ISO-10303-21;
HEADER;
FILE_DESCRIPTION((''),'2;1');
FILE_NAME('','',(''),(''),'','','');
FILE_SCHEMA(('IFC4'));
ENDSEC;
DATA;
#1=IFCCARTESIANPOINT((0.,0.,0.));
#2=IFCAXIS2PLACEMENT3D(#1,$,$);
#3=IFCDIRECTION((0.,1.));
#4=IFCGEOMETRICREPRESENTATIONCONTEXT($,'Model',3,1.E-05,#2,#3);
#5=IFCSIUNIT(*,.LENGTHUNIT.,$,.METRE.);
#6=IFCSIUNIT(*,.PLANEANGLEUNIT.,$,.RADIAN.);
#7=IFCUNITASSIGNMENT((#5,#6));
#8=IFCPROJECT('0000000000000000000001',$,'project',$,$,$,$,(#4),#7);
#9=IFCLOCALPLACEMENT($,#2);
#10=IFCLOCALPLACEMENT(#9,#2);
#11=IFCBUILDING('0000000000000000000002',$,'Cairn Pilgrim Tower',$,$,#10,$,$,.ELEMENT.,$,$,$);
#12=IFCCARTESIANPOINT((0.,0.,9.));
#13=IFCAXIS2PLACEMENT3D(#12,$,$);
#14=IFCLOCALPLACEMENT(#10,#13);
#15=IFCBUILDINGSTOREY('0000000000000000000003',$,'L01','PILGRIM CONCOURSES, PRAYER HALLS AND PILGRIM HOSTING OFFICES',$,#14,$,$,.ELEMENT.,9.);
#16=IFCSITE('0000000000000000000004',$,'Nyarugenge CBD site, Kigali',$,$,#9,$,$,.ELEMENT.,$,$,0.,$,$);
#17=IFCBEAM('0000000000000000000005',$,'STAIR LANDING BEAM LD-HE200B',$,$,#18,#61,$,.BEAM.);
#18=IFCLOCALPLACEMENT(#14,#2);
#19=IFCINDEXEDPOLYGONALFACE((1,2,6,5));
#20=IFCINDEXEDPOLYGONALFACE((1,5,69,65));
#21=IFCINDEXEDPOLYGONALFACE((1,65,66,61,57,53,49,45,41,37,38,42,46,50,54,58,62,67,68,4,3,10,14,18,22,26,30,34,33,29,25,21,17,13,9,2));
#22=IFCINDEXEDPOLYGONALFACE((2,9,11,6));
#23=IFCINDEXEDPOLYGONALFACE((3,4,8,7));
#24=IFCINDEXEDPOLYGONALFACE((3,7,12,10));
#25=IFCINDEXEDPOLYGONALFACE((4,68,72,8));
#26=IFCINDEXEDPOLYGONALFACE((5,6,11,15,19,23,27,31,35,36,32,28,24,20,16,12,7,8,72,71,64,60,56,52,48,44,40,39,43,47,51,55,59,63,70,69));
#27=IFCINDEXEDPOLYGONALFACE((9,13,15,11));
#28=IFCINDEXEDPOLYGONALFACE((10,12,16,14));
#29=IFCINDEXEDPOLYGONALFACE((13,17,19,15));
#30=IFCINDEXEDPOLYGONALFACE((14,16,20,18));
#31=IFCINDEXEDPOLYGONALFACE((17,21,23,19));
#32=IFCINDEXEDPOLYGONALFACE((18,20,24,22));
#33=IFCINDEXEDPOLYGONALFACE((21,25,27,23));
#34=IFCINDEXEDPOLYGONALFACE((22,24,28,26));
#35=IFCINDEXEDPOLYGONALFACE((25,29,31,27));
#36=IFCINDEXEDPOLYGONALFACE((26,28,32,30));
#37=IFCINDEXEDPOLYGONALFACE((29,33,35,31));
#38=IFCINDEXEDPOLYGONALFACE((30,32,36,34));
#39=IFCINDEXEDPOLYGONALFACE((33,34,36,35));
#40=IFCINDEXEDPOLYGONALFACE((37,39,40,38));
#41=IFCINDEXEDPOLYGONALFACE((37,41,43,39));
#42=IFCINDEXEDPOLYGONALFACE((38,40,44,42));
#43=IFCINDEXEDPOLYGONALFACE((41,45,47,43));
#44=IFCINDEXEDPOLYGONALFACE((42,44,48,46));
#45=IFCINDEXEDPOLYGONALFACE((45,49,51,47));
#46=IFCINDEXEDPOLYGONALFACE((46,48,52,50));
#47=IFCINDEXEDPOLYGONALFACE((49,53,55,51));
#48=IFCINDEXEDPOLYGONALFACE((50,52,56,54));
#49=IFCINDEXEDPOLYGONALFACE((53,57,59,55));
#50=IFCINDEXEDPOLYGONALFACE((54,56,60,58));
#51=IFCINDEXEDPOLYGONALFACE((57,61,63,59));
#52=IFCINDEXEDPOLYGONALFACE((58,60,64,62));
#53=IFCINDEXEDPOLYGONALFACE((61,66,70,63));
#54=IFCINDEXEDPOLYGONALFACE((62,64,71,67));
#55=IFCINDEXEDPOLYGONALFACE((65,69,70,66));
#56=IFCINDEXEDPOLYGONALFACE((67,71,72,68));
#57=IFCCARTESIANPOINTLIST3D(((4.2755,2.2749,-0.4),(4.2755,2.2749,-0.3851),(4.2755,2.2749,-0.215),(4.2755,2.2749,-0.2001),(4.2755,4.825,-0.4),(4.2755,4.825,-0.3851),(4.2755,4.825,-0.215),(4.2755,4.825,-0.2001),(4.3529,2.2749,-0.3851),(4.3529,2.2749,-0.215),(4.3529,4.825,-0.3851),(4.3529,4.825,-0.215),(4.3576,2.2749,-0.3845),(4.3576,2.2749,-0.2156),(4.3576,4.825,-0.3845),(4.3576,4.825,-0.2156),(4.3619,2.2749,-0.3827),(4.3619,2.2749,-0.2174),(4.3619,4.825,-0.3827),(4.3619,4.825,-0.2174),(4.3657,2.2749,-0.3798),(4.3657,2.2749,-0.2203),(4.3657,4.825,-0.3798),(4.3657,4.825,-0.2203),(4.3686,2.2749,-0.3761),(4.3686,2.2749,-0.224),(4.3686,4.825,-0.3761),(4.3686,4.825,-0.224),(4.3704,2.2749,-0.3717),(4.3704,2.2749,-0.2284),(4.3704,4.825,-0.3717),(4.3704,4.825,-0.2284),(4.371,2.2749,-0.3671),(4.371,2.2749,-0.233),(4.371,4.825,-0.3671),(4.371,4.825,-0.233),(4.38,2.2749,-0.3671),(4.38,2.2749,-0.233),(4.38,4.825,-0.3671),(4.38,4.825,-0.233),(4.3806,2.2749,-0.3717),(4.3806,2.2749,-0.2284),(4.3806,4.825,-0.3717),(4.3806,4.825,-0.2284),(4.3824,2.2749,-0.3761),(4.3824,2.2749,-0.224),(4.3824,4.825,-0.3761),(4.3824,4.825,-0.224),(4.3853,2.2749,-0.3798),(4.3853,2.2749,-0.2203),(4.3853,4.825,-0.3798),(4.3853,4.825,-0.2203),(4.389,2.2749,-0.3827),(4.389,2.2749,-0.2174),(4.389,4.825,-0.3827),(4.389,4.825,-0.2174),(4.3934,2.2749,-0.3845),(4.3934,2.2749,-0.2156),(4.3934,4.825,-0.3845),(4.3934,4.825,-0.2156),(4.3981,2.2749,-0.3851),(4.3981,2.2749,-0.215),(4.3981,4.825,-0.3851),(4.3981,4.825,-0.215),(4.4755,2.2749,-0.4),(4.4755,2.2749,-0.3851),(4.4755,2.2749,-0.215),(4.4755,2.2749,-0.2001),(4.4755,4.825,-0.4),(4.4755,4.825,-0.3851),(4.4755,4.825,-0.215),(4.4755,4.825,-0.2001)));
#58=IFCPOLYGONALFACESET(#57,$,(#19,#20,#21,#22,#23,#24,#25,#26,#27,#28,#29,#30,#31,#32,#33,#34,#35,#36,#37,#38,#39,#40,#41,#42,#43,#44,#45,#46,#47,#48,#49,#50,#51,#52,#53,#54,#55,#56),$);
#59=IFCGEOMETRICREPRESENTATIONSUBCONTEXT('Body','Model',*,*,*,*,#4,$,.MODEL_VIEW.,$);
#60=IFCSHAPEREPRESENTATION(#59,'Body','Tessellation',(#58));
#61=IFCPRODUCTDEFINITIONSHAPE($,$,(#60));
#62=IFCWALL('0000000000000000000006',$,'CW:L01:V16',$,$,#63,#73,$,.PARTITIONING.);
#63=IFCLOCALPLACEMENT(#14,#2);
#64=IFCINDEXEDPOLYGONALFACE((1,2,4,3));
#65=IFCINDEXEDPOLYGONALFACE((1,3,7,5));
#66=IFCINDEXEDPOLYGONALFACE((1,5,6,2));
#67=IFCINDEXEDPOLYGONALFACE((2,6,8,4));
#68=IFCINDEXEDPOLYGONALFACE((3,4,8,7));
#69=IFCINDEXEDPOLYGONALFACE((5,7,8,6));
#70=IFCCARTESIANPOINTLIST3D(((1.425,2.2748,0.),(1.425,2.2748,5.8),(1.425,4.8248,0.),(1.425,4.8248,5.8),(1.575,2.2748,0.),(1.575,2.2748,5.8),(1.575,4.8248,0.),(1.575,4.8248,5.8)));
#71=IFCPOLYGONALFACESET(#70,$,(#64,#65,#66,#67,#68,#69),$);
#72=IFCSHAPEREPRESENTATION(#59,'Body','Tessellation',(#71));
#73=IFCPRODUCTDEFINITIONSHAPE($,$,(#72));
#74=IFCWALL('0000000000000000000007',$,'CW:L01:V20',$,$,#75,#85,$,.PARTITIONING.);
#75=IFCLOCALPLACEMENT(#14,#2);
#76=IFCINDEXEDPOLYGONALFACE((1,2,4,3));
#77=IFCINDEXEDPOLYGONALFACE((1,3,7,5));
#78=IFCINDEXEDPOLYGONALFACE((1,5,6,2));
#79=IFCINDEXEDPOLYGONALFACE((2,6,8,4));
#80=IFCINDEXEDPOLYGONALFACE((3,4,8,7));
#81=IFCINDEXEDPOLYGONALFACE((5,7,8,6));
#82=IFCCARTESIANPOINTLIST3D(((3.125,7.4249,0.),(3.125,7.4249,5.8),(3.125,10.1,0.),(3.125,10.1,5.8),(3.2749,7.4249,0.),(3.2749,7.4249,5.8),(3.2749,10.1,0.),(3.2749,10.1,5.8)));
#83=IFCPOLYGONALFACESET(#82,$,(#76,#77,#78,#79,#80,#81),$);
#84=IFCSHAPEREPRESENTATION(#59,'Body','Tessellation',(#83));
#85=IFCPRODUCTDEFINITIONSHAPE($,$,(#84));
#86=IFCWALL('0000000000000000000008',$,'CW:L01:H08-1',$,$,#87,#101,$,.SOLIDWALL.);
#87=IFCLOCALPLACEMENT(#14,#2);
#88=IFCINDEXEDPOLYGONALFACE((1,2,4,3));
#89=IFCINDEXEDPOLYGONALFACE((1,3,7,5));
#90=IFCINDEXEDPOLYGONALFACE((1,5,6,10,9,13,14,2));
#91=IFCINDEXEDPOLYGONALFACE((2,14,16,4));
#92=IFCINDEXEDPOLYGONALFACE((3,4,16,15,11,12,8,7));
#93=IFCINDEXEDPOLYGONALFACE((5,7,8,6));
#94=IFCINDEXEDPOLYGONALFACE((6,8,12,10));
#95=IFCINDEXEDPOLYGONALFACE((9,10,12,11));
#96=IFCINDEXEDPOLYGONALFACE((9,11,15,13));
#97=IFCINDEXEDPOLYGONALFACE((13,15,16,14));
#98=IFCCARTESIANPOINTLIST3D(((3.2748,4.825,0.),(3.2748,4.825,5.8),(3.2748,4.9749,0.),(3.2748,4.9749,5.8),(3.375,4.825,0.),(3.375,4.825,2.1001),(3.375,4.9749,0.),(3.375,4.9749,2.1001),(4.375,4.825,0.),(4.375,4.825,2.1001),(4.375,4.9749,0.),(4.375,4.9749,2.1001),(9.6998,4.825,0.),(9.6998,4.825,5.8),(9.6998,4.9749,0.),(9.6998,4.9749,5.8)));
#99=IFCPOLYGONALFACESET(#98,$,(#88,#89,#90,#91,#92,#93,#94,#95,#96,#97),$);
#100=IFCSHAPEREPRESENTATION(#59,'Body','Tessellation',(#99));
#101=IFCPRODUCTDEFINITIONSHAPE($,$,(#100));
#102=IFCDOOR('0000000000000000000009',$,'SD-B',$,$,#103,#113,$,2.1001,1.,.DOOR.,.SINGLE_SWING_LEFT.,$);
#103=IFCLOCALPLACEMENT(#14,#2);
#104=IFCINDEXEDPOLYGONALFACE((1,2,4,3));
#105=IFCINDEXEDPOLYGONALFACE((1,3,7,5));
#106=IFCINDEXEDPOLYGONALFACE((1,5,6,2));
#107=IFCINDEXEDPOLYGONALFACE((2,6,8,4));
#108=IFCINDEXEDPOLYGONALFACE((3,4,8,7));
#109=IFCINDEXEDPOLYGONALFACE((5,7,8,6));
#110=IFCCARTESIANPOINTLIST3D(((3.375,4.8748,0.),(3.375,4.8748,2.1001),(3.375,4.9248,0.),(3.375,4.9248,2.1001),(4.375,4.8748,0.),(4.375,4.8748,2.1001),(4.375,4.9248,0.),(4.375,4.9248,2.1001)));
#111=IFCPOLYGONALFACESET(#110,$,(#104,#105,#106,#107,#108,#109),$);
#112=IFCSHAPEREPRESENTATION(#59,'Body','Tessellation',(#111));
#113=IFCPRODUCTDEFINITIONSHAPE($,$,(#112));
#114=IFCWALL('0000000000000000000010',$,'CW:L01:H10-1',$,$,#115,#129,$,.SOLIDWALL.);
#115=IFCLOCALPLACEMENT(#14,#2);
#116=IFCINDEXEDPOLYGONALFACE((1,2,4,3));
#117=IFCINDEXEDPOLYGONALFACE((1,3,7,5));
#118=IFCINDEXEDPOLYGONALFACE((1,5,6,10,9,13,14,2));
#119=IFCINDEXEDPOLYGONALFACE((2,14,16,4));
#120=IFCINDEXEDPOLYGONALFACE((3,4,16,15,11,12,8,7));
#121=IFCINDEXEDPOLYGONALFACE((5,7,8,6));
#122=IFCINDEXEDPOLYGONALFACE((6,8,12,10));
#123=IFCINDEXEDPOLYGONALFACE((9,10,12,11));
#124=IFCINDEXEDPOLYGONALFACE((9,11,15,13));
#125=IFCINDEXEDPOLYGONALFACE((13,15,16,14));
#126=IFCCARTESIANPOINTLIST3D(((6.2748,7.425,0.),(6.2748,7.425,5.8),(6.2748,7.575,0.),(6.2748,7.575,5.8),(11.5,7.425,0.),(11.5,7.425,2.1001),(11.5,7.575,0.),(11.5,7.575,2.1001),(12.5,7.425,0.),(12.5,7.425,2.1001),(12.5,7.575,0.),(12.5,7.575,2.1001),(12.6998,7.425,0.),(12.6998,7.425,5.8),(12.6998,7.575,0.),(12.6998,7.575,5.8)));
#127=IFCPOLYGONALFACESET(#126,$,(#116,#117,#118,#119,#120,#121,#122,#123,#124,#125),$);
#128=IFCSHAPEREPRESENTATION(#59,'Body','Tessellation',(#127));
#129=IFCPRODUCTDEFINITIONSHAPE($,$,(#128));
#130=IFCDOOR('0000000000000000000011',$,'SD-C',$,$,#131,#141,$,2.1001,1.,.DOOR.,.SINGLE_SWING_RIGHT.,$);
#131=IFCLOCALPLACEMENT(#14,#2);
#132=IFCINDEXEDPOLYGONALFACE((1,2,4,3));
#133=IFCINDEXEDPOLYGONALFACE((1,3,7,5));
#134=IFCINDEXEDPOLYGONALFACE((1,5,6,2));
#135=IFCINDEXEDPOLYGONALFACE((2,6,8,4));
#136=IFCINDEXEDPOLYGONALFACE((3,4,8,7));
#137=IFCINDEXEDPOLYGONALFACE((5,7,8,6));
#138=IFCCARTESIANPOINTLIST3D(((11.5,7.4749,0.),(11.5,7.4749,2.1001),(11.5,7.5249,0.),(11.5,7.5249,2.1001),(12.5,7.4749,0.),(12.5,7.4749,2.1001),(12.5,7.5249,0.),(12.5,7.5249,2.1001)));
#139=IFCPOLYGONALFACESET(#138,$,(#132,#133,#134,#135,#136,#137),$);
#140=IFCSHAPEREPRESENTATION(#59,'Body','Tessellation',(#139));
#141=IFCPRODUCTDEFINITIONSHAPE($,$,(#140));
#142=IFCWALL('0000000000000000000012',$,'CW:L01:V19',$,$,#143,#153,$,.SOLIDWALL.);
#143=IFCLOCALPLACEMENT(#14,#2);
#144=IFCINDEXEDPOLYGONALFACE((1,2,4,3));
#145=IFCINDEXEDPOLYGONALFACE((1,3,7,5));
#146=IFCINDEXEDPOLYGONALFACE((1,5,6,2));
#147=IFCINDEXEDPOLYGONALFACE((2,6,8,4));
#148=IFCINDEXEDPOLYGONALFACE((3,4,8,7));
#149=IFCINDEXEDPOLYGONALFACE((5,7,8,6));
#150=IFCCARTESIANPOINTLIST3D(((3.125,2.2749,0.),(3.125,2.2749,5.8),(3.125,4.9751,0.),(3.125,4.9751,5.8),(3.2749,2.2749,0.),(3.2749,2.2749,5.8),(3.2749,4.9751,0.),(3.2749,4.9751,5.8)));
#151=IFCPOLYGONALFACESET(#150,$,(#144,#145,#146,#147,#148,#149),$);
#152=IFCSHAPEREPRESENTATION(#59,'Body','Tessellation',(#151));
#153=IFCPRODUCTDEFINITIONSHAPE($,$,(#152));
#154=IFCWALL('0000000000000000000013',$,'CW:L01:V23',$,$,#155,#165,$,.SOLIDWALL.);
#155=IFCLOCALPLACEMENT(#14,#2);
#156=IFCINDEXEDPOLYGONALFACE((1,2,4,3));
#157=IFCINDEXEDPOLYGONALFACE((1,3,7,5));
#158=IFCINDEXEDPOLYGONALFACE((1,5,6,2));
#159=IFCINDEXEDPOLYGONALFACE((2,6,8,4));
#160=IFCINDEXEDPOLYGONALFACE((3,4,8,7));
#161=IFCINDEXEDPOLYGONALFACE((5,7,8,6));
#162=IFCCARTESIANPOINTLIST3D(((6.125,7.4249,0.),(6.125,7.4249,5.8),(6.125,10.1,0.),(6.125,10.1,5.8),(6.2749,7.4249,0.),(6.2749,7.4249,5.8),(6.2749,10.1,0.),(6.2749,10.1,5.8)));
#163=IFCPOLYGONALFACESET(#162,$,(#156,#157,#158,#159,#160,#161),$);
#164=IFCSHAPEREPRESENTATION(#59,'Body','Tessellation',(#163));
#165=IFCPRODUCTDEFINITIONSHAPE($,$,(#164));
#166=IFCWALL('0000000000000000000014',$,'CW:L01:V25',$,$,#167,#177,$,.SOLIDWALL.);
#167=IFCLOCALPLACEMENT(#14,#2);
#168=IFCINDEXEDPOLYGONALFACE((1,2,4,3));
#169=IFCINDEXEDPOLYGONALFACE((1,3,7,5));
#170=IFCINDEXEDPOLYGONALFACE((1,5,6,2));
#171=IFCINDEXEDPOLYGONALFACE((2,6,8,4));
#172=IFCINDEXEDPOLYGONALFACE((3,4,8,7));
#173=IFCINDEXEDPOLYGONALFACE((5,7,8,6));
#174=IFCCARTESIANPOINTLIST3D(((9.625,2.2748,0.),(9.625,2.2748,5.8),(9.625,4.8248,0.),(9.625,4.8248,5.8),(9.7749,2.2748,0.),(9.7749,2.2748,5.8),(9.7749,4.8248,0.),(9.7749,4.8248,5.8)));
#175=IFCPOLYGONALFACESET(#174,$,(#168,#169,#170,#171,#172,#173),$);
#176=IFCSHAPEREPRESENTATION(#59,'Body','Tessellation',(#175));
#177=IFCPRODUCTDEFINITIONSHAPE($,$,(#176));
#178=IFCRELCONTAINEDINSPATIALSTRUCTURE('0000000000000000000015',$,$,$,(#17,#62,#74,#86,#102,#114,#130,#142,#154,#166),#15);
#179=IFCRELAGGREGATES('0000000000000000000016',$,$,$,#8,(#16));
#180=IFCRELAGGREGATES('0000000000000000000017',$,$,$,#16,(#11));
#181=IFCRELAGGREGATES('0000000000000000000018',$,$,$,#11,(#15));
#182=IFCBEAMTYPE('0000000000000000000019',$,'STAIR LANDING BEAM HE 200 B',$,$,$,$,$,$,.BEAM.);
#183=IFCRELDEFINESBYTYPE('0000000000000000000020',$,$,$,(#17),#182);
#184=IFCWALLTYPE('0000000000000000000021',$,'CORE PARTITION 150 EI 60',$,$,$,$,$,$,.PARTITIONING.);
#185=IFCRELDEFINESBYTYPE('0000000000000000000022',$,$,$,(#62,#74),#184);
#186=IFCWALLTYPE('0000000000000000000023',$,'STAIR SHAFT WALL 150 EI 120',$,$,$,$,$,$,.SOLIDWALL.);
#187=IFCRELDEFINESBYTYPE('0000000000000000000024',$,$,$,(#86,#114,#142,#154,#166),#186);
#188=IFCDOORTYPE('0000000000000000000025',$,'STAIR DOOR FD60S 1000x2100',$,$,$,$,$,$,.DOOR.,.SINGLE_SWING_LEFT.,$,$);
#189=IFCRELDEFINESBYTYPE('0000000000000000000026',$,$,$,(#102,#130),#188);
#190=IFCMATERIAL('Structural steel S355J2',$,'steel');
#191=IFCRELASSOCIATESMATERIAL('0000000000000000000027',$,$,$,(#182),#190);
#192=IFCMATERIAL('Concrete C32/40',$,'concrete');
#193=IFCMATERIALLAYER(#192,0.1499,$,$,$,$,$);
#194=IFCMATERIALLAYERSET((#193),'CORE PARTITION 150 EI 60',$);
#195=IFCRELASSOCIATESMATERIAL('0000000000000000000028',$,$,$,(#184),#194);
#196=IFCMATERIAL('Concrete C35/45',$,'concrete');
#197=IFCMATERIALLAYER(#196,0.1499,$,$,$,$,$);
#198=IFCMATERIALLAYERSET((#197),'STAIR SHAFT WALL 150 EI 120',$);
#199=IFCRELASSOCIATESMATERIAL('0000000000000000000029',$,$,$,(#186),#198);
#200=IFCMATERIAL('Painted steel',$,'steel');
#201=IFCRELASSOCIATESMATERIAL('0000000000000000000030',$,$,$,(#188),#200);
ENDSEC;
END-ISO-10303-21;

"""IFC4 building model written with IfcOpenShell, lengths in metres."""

from ifc_helpers import new_model, si_unit, direction, frame, frame_2d, origin, origin_2d, place, context, subcontext, project, spatial, rectangle, i_section, extrude, material, layer, layer_set, material_profile, profile_set, type_object, element, fill, save


model = new_model("IFC4")

# Units and contexts
model_context = context("Model", 3, precision=1e-05, world=origin(), true_north=direction((0.0, 1.0)))
body_context = subcontext(model_context, "Body", "Model", "MODEL_VIEW")
ifc_project = project(units=[si_unit("LENGTHUNIT", "METRE"), si_unit("PLANEANGLEUNIT", "RADIAN")], contexts=[model_context])

# Site, building, storey
site_placement = place(None, origin())
site = spatial("IfcSite", under=ifc_project, at=site_placement, Name="Nyarugenge CBD site, Kigali", CompositionType="ELEMENT", RefElevation=0.0)
building_placement = place(site_placement, origin())
building = spatial("IfcBuilding", under=site, at=building_placement, Name="Cairn Pilgrim Tower", CompositionType="ELEMENT")
storey_placement = place(building_placement, frame((0.0, 0.0, 9.0)))
storey = spatial("IfcBuildingStorey", under=building, at=storey_placement, Name="L01", Description="PILGRIM CONCOURSES, PRAYER HALLS AND PILGRIM HOSTING OFFICES", CompositionType="ELEMENT", Elevation=9.0)

# Beam
ifc_material_1 = material(Name="Structural steel S355J2", Category="steel")
ifc_material_profile = material_profile(ifc_material_1, i_section(OverallWidth=0.2, OverallDepth=0.2, WebThickness=0.009, FlangeThickness=0.0149, FilletRadius=0.0181, at=origin_2d()), Name="HE 200 B")
ifc_profile_set = profile_set([ifc_material_profile], Name="Structural steel S355J2")
beam_type = type_object("IfcBeamType", Name="STAIR LANDING BEAM HE 200 B", PredefinedType="BEAM", material=ifc_profile_set)
beam_placement = place(storey_placement, frame((4.3755, 2.2749, -0.3), z_axis=(0.0, 1.0, 0.0), x_axis=(-1.0, 0.0, 0.0)))
element("IfcBeam", 1, at=beam_placement, inside=storey, type_object=beam_type, Name="STAIR LANDING BEAM LD-HE200B", PredefinedType="BEAM", context=body_context, shape_type="SweptSolid", body=[
    extrude(i_section(OverallWidth=0.2, OverallDepth=0.2, WebThickness=0.009, FlangeThickness=0.0149, FilletRadius=0.0181, at=origin_2d()), origin(), (0.0, 0.0, 1.0), 2.55),
])

# Walls
ifc_material_2 = material(Name="Concrete C32/40", Category="concrete")
ifc_layer_1 = layer(ifc_material_2, 0.1499)
ifc_layer_set_1 = layer_set([ifc_layer_1], Name="CORE PARTITION 150 EI 60")
wall_type_1 = type_object("IfcWallType", Name="CORE PARTITION 150 EI 60", PredefinedType="PARTITIONING", material=ifc_layer_set_1)
wall_1_placement = place(storey_placement, frame((1.5, 2.2749, 0.0), z_axis=(0.0, 0.0, 1.0), x_axis=(0.0, 1.0, 0.0)))
element("IfcWall", 2, at=wall_1_placement, inside=storey, type_object=wall_type_1, Name="CW:L01:V16", PredefinedType="PARTITIONING", context=body_context, shape_type="SweptSolid", body=[
    extrude(rectangle(XDim=2.55, YDim=0.1499, at=frame_2d((1.2749, 0.0))), origin(), (0.0, 0.0, 1.0), 5.8),
])
wall_2_placement = place(storey_placement, frame((3.2, 7.425, 0.0), z_axis=(0.0, 0.0, 1.0), x_axis=(0.0, 1.0, 0.0)))
element("IfcWall", 3, at=wall_2_placement, inside=storey, type_object=wall_type_1, Name="CW:L01:V20", PredefinedType="PARTITIONING", context=body_context, shape_type="SweptSolid", body=[
    extrude(rectangle(XDim=2.675, YDim=0.1499, at=frame_2d((1.3374, 0.0))), origin(), (0.0, 0.0, 1.0), 5.8),
])

# Walls, openings, doors
ifc_material_3 = material(Name="Concrete C35/45", Category="concrete")
ifc_layer_2 = layer(ifc_material_3, 0.1499)
ifc_layer_set_2 = layer_set([ifc_layer_2], Name="STAIR SHAFT WALL 150 EI 120")
wall_type_2 = type_object("IfcWallType", Name="STAIR SHAFT WALL 150 EI 120", PredefinedType="SOLIDWALL", material=ifc_layer_set_2)
wall_3_placement = place(storey_placement, frame((3.2749, 4.8999, 0.0), z_axis=(0.0, 0.0, 1.0), x_axis=(1.0, 0.0, 0.0)))
wall_3 = element("IfcWall", 4, at=wall_3_placement, inside=storey, type_object=wall_type_2, Name="CW:L01:H08-1", PredefinedType="SOLIDWALL", context=body_context, shape_type="SweptSolid", body=[
    extrude(rectangle(XDim=6.425, YDim=0.1499, at=frame_2d((3.2124, 0.0))), origin(), (0.0, 0.0, 1.0), 5.8),
])
opening_1_placement = place(wall_3_placement, frame((0.1001, 0.0, 0.0)))
opening_1 = element("IfcOpeningElement", 5, at=opening_1_placement, cuts=wall_3, PredefinedType="OPENING", context=body_context, shape_type="SweptSolid", body=[
    extrude(rectangle(XDim=1.0, YDim=2.1001, at=frame_2d((0.5, 1.05))), frame((0.0, 0.085, 0.0), z_axis=(0.0, -1.0, 0.0), x_axis=(1.0, 0.0, 0.0)), (0.0, 0.0, 1.0), 0.1699),
])
ifc_material_4 = material(Name="Painted steel", Category="steel")
door_type = type_object("IfcDoorType", Name="STAIR DOOR FD60S 1000x2100", OperationType="SINGLE_SWING_LEFT", PredefinedType="DOOR", material=ifc_material_4)
door_1_placement = place(opening_1_placement, origin())
door_1 = element("IfcDoor", 6, at=door_1_placement, inside=storey, type_object=door_type, Name="SD-B", OperationType="SINGLE_SWING_LEFT", OverallHeight=2.1001, OverallWidth=1.0, PredefinedType="DOOR", context=body_context, shape_type="SweptSolid", body=[
    extrude(rectangle(XDim=1.0, YDim=2.1001, at=frame_2d((0.5, 1.05))), frame((0.0, 0.0249, 0.0), z_axis=(0.0, -1.0, 0.0), x_axis=(1.0, 0.0, 0.0)), (0.0, 0.0, 1.0), 0.05),
])
fill(opening_1, door_1)
wall_4_placement = place(storey_placement, frame((6.2749, 7.5, 0.0), z_axis=(0.0, 0.0, 1.0), x_axis=(1.0, 0.0, 0.0)))
wall_4 = element("IfcWall", 7, at=wall_4_placement, inside=storey, type_object=wall_type_2, Name="CW:L01:H10-1", PredefinedType="SOLIDWALL", context=body_context, shape_type="SweptSolid", body=[
    extrude(rectangle(XDim=6.425, YDim=0.1499, at=frame_2d((3.2124, 0.0))), origin(), (0.0, 0.0, 1.0), 5.8),
])
opening_2_placement = place(wall_4_placement, frame((5.2251, 0.0, 0.0)))
opening_2 = element("IfcOpeningElement", 8, at=opening_2_placement, cuts=wall_4, PredefinedType="OPENING", context=body_context, shape_type="SweptSolid", body=[
    extrude(rectangle(XDim=1.0, YDim=2.1001, at=frame_2d((0.5, 1.05))), frame((0.0, 0.085, 0.0), z_axis=(0.0, -1.0, 0.0), x_axis=(1.0, 0.0, 0.0)), (0.0, 0.0, 1.0), 0.1699),
])
door_2_placement = place(opening_2_placement, origin())
door_2 = element("IfcDoor", 9, at=door_2_placement, inside=storey, type_object=door_type, Name="SD-C", OperationType="SINGLE_SWING_RIGHT", OverallHeight=2.1001, OverallWidth=1.0, PredefinedType="DOOR", context=body_context, shape_type="SweptSolid", body=[
    extrude(rectangle(XDim=1.0, YDim=2.1001, at=frame_2d((0.5, 1.05))), frame((0.0, 0.0249, 0.0), z_axis=(0.0, -1.0, 0.0), x_axis=(1.0, 0.0, 0.0)), (0.0, 0.0, 1.0), 0.05),
])
fill(opening_2, door_2)

# Walls
wall_5_placement = place(storey_placement, frame((3.2, 2.2749, 0.0), z_axis=(0.0, 0.0, 1.0), x_axis=(0.0, 1.0, 0.0)))
element("IfcWall", 10, at=wall_5_placement, inside=storey, type_object=wall_type_2, Name="CW:L01:V19", PredefinedType="SOLIDWALL", context=body_context, shape_type="SweptSolid", body=[
    extrude(rectangle(XDim=2.7002, YDim=0.1499, at=frame_2d((1.3501, 0.0))), origin(), (0.0, 0.0, 1.0), 5.8),
])
wall_6_placement = place(storey_placement, frame((6.2, 7.425, 0.0), z_axis=(0.0, 0.0, 1.0), x_axis=(0.0, 1.0, 0.0)))
element("IfcWall", 11, at=wall_6_placement, inside=storey, type_object=wall_type_2, Name="CW:L01:V23", PredefinedType="SOLIDWALL", context=body_context, shape_type="SweptSolid", body=[
    extrude(rectangle(XDim=2.675, YDim=0.1499, at=frame_2d((1.3374, 0.0))), origin(), (0.0, 0.0, 1.0), 5.8),
])
wall_7_placement = place(storey_placement, frame((9.7, 2.2749, 0.0), z_axis=(0.0, 0.0, 1.0), x_axis=(0.0, 1.0, 0.0)))
element("IfcWall", 12, at=wall_7_placement, inside=storey, type_object=wall_type_2, Name="CW:L01:V25", PredefinedType="SOLIDWALL", context=body_context, shape_type="SweptSolid", body=[
    extrude(rectangle(XDim=2.55, YDim=0.1499, at=frame_2d((1.2749, 0.0))), origin(), (0.0, 0.0, 1.0), 5.8),
])

save(model, "model.ifc")
